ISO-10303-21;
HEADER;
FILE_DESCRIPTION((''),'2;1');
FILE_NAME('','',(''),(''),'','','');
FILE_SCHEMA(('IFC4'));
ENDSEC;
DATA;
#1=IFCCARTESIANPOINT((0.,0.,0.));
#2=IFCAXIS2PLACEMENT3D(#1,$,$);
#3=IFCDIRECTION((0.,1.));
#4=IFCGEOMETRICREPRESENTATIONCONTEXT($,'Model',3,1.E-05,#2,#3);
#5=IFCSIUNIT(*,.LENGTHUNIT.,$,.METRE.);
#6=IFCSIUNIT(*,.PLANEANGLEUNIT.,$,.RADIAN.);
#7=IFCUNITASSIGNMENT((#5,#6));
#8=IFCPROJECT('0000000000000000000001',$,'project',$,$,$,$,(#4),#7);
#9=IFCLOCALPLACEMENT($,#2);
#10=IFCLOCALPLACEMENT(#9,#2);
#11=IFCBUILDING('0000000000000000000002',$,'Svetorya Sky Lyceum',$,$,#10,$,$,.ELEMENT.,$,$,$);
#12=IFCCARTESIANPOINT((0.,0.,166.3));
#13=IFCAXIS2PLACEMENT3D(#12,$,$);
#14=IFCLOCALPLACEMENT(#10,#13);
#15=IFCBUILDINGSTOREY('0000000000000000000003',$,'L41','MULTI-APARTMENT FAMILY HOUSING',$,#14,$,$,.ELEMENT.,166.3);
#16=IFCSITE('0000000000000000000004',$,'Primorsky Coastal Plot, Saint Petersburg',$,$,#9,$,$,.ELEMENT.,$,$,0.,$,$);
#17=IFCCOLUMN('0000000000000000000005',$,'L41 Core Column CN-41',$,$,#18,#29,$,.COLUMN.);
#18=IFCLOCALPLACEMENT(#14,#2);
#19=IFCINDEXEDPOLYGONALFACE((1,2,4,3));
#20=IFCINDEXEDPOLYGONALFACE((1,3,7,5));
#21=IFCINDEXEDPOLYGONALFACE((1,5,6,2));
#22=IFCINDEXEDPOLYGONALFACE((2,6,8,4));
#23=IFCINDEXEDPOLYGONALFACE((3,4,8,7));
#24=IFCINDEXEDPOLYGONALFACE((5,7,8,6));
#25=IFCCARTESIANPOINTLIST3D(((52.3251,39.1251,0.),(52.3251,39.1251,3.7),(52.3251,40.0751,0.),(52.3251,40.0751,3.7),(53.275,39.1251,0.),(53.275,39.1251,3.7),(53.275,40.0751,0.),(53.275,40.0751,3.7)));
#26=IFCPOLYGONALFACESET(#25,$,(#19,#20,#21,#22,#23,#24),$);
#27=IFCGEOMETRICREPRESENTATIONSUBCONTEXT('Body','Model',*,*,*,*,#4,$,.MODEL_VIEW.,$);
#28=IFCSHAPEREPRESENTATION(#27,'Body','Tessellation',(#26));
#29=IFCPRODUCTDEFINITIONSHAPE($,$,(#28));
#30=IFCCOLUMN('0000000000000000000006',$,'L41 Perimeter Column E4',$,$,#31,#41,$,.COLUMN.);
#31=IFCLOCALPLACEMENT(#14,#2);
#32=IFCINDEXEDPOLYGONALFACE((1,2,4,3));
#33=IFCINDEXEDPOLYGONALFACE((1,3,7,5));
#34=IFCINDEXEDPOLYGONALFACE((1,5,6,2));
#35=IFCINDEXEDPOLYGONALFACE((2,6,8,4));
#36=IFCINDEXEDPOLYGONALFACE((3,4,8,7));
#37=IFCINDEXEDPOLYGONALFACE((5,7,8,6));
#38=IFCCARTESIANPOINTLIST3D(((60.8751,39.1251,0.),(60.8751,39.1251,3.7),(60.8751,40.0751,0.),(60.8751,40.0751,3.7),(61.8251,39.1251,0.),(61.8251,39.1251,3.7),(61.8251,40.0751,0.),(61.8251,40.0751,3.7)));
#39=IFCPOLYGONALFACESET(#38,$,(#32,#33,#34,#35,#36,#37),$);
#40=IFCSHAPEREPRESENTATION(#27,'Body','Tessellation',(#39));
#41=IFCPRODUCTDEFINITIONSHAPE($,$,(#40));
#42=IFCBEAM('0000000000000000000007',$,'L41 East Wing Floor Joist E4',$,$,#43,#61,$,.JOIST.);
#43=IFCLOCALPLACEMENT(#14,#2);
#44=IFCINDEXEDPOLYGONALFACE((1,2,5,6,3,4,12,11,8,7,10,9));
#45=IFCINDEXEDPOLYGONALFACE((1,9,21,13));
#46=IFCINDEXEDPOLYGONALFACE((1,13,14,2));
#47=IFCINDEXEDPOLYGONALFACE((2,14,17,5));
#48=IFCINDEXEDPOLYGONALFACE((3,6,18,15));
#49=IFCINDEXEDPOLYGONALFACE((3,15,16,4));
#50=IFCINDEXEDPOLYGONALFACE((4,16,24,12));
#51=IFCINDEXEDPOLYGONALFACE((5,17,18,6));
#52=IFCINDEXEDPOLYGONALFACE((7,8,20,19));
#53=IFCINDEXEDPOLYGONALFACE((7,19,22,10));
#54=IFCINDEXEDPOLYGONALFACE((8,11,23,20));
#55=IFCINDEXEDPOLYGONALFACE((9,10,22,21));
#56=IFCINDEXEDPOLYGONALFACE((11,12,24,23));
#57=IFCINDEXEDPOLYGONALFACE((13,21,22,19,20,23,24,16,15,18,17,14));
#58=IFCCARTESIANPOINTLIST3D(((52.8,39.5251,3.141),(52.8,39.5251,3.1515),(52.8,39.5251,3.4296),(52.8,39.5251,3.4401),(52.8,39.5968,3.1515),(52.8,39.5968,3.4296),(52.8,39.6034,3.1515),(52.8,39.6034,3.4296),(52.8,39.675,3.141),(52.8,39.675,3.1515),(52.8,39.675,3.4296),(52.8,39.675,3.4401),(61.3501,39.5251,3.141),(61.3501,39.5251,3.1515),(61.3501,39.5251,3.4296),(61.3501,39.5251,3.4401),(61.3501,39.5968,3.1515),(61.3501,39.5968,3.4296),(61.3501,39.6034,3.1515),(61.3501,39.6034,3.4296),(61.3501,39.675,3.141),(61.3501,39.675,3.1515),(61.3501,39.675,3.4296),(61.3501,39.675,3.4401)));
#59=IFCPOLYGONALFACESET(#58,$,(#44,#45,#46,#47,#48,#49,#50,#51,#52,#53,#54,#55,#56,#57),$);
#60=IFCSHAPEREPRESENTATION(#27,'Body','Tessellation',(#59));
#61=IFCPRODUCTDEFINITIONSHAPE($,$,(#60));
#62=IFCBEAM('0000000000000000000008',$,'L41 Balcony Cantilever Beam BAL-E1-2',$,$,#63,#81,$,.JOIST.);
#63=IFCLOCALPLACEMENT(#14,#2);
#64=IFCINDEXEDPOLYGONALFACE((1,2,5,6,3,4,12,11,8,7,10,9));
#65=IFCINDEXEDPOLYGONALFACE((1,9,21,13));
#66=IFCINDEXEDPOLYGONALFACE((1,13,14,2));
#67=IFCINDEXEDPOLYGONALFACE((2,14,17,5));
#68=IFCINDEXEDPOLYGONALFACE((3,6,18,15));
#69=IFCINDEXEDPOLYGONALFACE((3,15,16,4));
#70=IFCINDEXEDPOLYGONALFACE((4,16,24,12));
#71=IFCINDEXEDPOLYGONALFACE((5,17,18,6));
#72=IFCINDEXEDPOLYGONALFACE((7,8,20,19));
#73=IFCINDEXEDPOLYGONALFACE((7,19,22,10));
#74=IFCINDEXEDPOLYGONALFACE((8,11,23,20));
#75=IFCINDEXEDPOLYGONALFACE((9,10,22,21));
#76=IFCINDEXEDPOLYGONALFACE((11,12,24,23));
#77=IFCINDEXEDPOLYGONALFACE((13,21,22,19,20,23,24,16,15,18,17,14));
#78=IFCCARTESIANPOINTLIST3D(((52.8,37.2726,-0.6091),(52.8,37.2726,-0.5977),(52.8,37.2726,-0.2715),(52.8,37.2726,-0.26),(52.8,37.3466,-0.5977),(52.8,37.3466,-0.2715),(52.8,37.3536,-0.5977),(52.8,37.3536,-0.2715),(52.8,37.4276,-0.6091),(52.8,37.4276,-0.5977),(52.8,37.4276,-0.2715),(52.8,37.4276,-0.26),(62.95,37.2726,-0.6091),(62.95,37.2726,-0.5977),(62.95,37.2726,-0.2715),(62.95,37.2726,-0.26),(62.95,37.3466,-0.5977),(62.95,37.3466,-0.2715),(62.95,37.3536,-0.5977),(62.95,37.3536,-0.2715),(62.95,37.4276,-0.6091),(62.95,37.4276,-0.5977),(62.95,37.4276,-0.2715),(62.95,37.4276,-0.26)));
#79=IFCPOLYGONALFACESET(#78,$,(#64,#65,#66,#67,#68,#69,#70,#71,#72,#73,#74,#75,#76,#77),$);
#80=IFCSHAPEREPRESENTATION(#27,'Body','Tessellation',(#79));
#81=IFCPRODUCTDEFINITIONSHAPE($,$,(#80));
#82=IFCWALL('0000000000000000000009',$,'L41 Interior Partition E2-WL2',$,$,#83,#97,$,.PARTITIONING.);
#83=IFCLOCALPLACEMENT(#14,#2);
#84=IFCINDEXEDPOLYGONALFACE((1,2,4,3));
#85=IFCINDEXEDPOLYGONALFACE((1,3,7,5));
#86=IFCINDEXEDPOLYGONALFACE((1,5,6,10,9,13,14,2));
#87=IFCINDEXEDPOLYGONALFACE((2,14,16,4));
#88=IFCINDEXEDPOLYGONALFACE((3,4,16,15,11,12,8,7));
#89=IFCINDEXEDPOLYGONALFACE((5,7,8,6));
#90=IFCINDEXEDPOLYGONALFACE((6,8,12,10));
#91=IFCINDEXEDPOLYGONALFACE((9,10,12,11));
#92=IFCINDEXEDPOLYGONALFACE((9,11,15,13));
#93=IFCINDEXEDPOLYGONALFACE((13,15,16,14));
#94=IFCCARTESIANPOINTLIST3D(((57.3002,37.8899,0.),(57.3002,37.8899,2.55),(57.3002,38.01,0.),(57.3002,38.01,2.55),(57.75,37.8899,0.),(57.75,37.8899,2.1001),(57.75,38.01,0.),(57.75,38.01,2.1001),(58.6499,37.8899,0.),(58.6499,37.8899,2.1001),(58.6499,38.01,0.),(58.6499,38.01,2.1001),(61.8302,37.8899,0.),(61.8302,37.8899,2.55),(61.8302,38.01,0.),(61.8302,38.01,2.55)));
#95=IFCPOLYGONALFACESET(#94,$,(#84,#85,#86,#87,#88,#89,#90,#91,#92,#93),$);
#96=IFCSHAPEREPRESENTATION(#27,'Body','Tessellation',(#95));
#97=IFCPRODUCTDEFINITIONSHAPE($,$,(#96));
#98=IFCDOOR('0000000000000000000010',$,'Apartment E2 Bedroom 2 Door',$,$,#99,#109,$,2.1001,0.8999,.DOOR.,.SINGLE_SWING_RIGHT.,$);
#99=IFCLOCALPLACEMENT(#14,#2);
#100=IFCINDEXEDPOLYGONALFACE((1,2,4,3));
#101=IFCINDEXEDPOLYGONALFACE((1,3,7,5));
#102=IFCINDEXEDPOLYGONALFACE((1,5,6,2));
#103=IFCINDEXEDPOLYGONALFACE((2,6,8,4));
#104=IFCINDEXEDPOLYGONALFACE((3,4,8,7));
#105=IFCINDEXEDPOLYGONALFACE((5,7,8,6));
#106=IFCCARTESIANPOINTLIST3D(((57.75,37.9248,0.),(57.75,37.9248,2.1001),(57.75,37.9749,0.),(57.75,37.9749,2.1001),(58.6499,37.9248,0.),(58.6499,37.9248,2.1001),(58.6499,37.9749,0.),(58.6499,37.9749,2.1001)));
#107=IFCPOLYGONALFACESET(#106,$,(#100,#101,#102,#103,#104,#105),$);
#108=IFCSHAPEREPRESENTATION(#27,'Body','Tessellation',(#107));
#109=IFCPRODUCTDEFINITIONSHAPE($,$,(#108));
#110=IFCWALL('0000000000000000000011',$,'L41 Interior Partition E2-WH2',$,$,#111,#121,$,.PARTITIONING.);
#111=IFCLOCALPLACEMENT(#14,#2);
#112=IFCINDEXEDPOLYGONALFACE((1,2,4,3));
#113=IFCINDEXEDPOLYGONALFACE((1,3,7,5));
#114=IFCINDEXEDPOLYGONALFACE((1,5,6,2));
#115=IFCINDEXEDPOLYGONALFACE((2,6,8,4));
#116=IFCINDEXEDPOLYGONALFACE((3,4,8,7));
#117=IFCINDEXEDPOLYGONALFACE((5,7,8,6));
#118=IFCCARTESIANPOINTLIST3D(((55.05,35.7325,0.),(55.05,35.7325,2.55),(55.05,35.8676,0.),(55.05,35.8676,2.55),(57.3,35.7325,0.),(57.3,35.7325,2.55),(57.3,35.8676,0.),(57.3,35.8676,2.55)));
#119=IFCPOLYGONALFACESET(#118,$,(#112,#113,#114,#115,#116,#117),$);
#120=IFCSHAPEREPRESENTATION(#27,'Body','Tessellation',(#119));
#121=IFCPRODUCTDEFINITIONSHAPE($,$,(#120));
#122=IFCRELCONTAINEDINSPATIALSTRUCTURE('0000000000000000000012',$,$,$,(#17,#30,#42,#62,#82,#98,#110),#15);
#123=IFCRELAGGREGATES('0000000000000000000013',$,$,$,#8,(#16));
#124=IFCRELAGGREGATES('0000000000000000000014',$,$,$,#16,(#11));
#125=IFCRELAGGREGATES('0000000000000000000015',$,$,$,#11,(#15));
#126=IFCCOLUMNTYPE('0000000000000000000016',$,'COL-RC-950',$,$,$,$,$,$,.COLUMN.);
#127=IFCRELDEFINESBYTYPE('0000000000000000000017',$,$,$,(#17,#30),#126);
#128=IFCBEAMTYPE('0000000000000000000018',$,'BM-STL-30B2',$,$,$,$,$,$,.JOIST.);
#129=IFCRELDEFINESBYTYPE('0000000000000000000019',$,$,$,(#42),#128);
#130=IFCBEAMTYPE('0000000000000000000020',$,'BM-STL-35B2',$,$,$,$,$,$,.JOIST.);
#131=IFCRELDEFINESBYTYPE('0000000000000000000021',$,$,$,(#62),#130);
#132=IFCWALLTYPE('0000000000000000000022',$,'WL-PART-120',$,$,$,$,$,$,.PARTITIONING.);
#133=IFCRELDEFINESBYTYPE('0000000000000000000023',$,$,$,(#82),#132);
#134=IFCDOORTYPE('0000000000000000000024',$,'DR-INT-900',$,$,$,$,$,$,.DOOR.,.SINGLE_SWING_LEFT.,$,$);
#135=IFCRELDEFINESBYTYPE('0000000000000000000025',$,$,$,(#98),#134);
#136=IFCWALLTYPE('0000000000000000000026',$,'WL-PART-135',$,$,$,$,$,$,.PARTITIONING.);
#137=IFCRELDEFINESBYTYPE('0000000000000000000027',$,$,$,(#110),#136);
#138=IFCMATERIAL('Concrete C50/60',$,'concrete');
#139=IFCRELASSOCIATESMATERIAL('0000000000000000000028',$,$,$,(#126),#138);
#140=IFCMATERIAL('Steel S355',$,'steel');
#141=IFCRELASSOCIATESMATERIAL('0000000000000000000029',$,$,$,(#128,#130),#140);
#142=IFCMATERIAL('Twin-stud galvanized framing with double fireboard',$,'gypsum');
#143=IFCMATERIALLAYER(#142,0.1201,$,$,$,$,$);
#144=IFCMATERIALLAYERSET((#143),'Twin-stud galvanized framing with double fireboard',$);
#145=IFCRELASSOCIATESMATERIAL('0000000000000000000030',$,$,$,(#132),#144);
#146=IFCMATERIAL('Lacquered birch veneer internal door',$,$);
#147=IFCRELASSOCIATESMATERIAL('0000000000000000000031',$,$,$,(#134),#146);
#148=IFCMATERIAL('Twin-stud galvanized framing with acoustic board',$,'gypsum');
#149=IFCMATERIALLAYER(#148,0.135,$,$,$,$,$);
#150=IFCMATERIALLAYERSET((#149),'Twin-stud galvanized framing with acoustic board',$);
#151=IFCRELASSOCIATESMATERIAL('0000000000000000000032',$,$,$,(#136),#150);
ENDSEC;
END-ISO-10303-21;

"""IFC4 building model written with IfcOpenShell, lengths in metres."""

from ifc_helpers import new_model, si_unit, direction, frame, frame_2d, origin, origin_2d, place, context, subcontext, project, spatial, rectangle, i_section, extrude, material, layer, layer_set, material_profile, profile_set, type_object, element, fill, save


model = new_model("IFC4")

# Units and contexts
model_context = context("Model", 3, precision=1e-05, world=origin(), true_north=direction((0.0, 1.0)))
body_context = subcontext(model_context, "Body", "Model", "MODEL_VIEW")
ifc_project = project(units=[si_unit("LENGTHUNIT", "METRE"), si_unit("PLANEANGLEUNIT", "RADIAN")], contexts=[model_context])

# Site, building, storey
site_placement = place(None, origin())
site = spatial("IfcSite", under=ifc_project, at=site_placement, Name="Primorsky Coastal Plot, Saint Petersburg", CompositionType="ELEMENT", RefElevation=0.0)
building_placement = place(site_placement, origin())
building = spatial("IfcBuilding", under=site, at=building_placement, Name="Svetorya Sky Lyceum", CompositionType="ELEMENT")
storey_placement = place(building_placement, frame((0.0, 0.0, 166.3)))
storey = spatial("IfcBuildingStorey", under=building, at=storey_placement, Name="L41", Description="MULTI-APARTMENT FAMILY HOUSING", CompositionType="ELEMENT", Elevation=166.3)

# Columns
ifc_material_1 = material(Name="Concrete C50/60", Category="concrete")
ifc_material_profile_1 = material_profile(ifc_material_1, rectangle(XDim=0.95, YDim=0.95, at=origin_2d()), Name="RC COL 950x950")
ifc_profile_set_1 = profile_set([ifc_material_profile_1], Name="Concrete C50/60")
column_type = type_object("IfcColumnType", Name="COL-RC-950", PredefinedType="COLUMN", material=ifc_profile_set_1)
for number, where, z_axis, x_axis, name in (
    (1, (52.8, 39.6001, 0.0), (0.0, 0.0, 1.0), (1.0, 0.0, 0.0), "L41 Core Column CN-41"),
    (2, (61.3501, 39.6001, 0.0), (0.0, 0.0, 1.0), (1.0, 0.0, 0.0), "L41 Perimeter Column E4"),
):
    element("IfcColumn", number, at=place(storey_placement, frame(where, z_axis=z_axis, x_axis=x_axis)), inside=storey, type_object=column_type, Name=name, PredefinedType="COLUMN", context=body_context, shape_type="SweptSolid", body=[
        extrude(rectangle(XDim=0.95, YDim=0.95, at=origin_2d()), origin(), (0.0, 0.0, 1.0), 3.7),
    ])

# Beams
ifc_material_2 = material(Name="Steel S355", Category="steel")
ifc_material_profile_2 = material_profile(ifc_material_2, i_section(OverallWidth=0.1499, OverallDepth=0.2991, WebThickness=0.0066, FlangeThickness=0.0105, at=origin_2d()), Name="GOST 30B2")
ifc_profile_set_2 = profile_set([ifc_material_profile_2], Name="Steel S355")
beam_type_1 = type_object("IfcBeamType", Name="BM-STL-30B2", PredefinedType="JOIST", material=ifc_profile_set_2)
beam_1_placement = place(storey_placement, frame((52.8, 39.6001, 3.2905), z_axis=(1.0, 0.0, 0.0), x_axis=(0.0, 1.0, 0.0)))
element("IfcBeam", 3, at=beam_1_placement, inside=storey, type_object=beam_type_1, Name="L41 East Wing Floor Joist E4", PredefinedType="JOIST", context=body_context, shape_type="SweptSolid", body=[
    extrude(i_section(OverallWidth=0.1499, OverallDepth=0.2991, WebThickness=0.0066, FlangeThickness=0.0105, at=origin_2d()), origin(), (0.0, 0.0, 1.0), 8.55),
])
ifc_material_profile_3 = material_profile(ifc_material_2, i_section(OverallWidth=0.155, OverallDepth=0.3491, WebThickness=0.0071, FlangeThickness=0.0115, at=origin_2d()), Name="GOST 35B2")
ifc_profile_set_3 = profile_set([ifc_material_profile_3], Name="Steel S355")
beam_type_2 = type_object("IfcBeamType", Name="BM-STL-35B2", PredefinedType="JOIST", material=ifc_profile_set_3)
beam_2_placement = place(storey_placement, frame((52.8, 37.3501, -0.4346), z_axis=(1.0, 0.0, 0.0), x_axis=(0.0, 1.0, 0.0)))
element("IfcBeam", 4, at=beam_2_placement, inside=storey, type_object=beam_type_2, Name="L41 Balcony Cantilever Beam BAL-E1-2", PredefinedType="JOIST", context=body_context, shape_type="SweptSolid", body=[
    extrude(i_section(OverallWidth=0.155, OverallDepth=0.3491, WebThickness=0.0071, FlangeThickness=0.0115, at=origin_2d()), origin(), (0.0, 0.0, 1.0), 10.1499),
])

# Wall, opening, door
ifc_material_3 = material(Name="Twin-stud galvanized framing with double fireboard", Category="gypsum")
ifc_layer_1 = layer(ifc_material_3, 0.1201)
ifc_layer_set_1 = layer_set([ifc_layer_1], Name="Twin-stud galvanized framing with double fireboard")
wall_type_1 = type_object("IfcWallType", Name="WL-PART-120", PredefinedType="PARTITIONING", material=ifc_layer_set_1)
wall_1_placement = place(storey_placement, frame((57.3, 37.95, 0.0), z_axis=(0.0, 0.0, 1.0), x_axis=(1.0, 0.0, 0.0)))
wall_1 = element("IfcWall", 5, at=wall_1_placement, inside=storey, type_object=wall_type_1, Name="L41 Interior Partition E2-WL2", PredefinedType="PARTITIONING", context=body_context, shape_type="SweptSolid", body=[
    extrude(rectangle(XDim=4.53, YDim=0.1201, at=frame_2d((2.2651, 0.0))), origin(), (0.0, 0.0, 1.0), 2.55),
])
opening_1_placement = place(wall_1_placement, frame((0.45, 0.0, 0.0)))
opening_1 = element("IfcOpeningElement", 6, at=opening_1_placement, cuts=wall_1, PredefinedType="OPENING", context=body_context, shape_type="SweptSolid", body=[
    extrude(rectangle(XDim=0.8999, YDim=2.1001, at=frame_2d((0.45, 1.05))), frame((0.0, 0.0701, 0.0), z_axis=(0.0, -1.0, 0.0), x_axis=(1.0, 0.0, 0.0)), (0.0, 0.0, 1.0), 0.1401),
])
ifc_material_4 = material(Name="Lacquered birch veneer internal door")
door_type_1 = type_object("IfcDoorType", Name="DR-INT-900", OperationType="SINGLE_SWING_LEFT", PredefinedType="DOOR", material=ifc_material_4)
door_1_placement = place(opening_1_placement, origin())
door_1 = element("IfcDoor", 7, at=door_1_placement, inside=storey, type_object=door_type_1, Name="Apartment E2 Bedroom 2 Door", OperationType="SINGLE_SWING_RIGHT", OverallHeight=2.1001, OverallWidth=0.8999, PredefinedType="DOOR", context=body_context, shape_type="SweptSolid", body=[
    extrude(rectangle(XDim=0.8999, YDim=2.1001, at=frame_2d((0.45, 1.05))), frame((0.0, 0.0249, 0.0), z_axis=(0.0, -1.0, 0.0), x_axis=(1.0, 0.0, 0.0)), (0.0, 0.0, 1.0), 0.05),
])
fill(opening_1, door_1)

# Wall
ifc_material_5 = material(Name="Twin-stud galvanized framing with acoustic board", Category="gypsum")
ifc_layer_2 = layer(ifc_material_5, 0.135)
ifc_layer_set_2 = layer_set([ifc_layer_2], Name="Twin-stud galvanized framing with acoustic board")
wall_type_2 = type_object("IfcWallType", Name="WL-PART-135", PredefinedType="PARTITIONING", material=ifc_layer_set_2)
wall_2_placement = place(storey_placement, frame((55.05, 35.8, 0.0), z_axis=(0.0, 0.0, 1.0), x_axis=(1.0, 0.0, 0.0)))
element("IfcWall", 8, at=wall_2_placement, inside=storey, type_object=wall_type_2, Name="L41 Interior Partition E2-WH2", PredefinedType="PARTITIONING", context=body_context, shape_type="SweptSolid", body=[
    extrude(rectangle(XDim=2.25, YDim=0.135, at=frame_2d((1.125, 0.0))), origin(), (0.0, 0.0, 1.0), 2.55),
])

save(model, "model.ifc")
